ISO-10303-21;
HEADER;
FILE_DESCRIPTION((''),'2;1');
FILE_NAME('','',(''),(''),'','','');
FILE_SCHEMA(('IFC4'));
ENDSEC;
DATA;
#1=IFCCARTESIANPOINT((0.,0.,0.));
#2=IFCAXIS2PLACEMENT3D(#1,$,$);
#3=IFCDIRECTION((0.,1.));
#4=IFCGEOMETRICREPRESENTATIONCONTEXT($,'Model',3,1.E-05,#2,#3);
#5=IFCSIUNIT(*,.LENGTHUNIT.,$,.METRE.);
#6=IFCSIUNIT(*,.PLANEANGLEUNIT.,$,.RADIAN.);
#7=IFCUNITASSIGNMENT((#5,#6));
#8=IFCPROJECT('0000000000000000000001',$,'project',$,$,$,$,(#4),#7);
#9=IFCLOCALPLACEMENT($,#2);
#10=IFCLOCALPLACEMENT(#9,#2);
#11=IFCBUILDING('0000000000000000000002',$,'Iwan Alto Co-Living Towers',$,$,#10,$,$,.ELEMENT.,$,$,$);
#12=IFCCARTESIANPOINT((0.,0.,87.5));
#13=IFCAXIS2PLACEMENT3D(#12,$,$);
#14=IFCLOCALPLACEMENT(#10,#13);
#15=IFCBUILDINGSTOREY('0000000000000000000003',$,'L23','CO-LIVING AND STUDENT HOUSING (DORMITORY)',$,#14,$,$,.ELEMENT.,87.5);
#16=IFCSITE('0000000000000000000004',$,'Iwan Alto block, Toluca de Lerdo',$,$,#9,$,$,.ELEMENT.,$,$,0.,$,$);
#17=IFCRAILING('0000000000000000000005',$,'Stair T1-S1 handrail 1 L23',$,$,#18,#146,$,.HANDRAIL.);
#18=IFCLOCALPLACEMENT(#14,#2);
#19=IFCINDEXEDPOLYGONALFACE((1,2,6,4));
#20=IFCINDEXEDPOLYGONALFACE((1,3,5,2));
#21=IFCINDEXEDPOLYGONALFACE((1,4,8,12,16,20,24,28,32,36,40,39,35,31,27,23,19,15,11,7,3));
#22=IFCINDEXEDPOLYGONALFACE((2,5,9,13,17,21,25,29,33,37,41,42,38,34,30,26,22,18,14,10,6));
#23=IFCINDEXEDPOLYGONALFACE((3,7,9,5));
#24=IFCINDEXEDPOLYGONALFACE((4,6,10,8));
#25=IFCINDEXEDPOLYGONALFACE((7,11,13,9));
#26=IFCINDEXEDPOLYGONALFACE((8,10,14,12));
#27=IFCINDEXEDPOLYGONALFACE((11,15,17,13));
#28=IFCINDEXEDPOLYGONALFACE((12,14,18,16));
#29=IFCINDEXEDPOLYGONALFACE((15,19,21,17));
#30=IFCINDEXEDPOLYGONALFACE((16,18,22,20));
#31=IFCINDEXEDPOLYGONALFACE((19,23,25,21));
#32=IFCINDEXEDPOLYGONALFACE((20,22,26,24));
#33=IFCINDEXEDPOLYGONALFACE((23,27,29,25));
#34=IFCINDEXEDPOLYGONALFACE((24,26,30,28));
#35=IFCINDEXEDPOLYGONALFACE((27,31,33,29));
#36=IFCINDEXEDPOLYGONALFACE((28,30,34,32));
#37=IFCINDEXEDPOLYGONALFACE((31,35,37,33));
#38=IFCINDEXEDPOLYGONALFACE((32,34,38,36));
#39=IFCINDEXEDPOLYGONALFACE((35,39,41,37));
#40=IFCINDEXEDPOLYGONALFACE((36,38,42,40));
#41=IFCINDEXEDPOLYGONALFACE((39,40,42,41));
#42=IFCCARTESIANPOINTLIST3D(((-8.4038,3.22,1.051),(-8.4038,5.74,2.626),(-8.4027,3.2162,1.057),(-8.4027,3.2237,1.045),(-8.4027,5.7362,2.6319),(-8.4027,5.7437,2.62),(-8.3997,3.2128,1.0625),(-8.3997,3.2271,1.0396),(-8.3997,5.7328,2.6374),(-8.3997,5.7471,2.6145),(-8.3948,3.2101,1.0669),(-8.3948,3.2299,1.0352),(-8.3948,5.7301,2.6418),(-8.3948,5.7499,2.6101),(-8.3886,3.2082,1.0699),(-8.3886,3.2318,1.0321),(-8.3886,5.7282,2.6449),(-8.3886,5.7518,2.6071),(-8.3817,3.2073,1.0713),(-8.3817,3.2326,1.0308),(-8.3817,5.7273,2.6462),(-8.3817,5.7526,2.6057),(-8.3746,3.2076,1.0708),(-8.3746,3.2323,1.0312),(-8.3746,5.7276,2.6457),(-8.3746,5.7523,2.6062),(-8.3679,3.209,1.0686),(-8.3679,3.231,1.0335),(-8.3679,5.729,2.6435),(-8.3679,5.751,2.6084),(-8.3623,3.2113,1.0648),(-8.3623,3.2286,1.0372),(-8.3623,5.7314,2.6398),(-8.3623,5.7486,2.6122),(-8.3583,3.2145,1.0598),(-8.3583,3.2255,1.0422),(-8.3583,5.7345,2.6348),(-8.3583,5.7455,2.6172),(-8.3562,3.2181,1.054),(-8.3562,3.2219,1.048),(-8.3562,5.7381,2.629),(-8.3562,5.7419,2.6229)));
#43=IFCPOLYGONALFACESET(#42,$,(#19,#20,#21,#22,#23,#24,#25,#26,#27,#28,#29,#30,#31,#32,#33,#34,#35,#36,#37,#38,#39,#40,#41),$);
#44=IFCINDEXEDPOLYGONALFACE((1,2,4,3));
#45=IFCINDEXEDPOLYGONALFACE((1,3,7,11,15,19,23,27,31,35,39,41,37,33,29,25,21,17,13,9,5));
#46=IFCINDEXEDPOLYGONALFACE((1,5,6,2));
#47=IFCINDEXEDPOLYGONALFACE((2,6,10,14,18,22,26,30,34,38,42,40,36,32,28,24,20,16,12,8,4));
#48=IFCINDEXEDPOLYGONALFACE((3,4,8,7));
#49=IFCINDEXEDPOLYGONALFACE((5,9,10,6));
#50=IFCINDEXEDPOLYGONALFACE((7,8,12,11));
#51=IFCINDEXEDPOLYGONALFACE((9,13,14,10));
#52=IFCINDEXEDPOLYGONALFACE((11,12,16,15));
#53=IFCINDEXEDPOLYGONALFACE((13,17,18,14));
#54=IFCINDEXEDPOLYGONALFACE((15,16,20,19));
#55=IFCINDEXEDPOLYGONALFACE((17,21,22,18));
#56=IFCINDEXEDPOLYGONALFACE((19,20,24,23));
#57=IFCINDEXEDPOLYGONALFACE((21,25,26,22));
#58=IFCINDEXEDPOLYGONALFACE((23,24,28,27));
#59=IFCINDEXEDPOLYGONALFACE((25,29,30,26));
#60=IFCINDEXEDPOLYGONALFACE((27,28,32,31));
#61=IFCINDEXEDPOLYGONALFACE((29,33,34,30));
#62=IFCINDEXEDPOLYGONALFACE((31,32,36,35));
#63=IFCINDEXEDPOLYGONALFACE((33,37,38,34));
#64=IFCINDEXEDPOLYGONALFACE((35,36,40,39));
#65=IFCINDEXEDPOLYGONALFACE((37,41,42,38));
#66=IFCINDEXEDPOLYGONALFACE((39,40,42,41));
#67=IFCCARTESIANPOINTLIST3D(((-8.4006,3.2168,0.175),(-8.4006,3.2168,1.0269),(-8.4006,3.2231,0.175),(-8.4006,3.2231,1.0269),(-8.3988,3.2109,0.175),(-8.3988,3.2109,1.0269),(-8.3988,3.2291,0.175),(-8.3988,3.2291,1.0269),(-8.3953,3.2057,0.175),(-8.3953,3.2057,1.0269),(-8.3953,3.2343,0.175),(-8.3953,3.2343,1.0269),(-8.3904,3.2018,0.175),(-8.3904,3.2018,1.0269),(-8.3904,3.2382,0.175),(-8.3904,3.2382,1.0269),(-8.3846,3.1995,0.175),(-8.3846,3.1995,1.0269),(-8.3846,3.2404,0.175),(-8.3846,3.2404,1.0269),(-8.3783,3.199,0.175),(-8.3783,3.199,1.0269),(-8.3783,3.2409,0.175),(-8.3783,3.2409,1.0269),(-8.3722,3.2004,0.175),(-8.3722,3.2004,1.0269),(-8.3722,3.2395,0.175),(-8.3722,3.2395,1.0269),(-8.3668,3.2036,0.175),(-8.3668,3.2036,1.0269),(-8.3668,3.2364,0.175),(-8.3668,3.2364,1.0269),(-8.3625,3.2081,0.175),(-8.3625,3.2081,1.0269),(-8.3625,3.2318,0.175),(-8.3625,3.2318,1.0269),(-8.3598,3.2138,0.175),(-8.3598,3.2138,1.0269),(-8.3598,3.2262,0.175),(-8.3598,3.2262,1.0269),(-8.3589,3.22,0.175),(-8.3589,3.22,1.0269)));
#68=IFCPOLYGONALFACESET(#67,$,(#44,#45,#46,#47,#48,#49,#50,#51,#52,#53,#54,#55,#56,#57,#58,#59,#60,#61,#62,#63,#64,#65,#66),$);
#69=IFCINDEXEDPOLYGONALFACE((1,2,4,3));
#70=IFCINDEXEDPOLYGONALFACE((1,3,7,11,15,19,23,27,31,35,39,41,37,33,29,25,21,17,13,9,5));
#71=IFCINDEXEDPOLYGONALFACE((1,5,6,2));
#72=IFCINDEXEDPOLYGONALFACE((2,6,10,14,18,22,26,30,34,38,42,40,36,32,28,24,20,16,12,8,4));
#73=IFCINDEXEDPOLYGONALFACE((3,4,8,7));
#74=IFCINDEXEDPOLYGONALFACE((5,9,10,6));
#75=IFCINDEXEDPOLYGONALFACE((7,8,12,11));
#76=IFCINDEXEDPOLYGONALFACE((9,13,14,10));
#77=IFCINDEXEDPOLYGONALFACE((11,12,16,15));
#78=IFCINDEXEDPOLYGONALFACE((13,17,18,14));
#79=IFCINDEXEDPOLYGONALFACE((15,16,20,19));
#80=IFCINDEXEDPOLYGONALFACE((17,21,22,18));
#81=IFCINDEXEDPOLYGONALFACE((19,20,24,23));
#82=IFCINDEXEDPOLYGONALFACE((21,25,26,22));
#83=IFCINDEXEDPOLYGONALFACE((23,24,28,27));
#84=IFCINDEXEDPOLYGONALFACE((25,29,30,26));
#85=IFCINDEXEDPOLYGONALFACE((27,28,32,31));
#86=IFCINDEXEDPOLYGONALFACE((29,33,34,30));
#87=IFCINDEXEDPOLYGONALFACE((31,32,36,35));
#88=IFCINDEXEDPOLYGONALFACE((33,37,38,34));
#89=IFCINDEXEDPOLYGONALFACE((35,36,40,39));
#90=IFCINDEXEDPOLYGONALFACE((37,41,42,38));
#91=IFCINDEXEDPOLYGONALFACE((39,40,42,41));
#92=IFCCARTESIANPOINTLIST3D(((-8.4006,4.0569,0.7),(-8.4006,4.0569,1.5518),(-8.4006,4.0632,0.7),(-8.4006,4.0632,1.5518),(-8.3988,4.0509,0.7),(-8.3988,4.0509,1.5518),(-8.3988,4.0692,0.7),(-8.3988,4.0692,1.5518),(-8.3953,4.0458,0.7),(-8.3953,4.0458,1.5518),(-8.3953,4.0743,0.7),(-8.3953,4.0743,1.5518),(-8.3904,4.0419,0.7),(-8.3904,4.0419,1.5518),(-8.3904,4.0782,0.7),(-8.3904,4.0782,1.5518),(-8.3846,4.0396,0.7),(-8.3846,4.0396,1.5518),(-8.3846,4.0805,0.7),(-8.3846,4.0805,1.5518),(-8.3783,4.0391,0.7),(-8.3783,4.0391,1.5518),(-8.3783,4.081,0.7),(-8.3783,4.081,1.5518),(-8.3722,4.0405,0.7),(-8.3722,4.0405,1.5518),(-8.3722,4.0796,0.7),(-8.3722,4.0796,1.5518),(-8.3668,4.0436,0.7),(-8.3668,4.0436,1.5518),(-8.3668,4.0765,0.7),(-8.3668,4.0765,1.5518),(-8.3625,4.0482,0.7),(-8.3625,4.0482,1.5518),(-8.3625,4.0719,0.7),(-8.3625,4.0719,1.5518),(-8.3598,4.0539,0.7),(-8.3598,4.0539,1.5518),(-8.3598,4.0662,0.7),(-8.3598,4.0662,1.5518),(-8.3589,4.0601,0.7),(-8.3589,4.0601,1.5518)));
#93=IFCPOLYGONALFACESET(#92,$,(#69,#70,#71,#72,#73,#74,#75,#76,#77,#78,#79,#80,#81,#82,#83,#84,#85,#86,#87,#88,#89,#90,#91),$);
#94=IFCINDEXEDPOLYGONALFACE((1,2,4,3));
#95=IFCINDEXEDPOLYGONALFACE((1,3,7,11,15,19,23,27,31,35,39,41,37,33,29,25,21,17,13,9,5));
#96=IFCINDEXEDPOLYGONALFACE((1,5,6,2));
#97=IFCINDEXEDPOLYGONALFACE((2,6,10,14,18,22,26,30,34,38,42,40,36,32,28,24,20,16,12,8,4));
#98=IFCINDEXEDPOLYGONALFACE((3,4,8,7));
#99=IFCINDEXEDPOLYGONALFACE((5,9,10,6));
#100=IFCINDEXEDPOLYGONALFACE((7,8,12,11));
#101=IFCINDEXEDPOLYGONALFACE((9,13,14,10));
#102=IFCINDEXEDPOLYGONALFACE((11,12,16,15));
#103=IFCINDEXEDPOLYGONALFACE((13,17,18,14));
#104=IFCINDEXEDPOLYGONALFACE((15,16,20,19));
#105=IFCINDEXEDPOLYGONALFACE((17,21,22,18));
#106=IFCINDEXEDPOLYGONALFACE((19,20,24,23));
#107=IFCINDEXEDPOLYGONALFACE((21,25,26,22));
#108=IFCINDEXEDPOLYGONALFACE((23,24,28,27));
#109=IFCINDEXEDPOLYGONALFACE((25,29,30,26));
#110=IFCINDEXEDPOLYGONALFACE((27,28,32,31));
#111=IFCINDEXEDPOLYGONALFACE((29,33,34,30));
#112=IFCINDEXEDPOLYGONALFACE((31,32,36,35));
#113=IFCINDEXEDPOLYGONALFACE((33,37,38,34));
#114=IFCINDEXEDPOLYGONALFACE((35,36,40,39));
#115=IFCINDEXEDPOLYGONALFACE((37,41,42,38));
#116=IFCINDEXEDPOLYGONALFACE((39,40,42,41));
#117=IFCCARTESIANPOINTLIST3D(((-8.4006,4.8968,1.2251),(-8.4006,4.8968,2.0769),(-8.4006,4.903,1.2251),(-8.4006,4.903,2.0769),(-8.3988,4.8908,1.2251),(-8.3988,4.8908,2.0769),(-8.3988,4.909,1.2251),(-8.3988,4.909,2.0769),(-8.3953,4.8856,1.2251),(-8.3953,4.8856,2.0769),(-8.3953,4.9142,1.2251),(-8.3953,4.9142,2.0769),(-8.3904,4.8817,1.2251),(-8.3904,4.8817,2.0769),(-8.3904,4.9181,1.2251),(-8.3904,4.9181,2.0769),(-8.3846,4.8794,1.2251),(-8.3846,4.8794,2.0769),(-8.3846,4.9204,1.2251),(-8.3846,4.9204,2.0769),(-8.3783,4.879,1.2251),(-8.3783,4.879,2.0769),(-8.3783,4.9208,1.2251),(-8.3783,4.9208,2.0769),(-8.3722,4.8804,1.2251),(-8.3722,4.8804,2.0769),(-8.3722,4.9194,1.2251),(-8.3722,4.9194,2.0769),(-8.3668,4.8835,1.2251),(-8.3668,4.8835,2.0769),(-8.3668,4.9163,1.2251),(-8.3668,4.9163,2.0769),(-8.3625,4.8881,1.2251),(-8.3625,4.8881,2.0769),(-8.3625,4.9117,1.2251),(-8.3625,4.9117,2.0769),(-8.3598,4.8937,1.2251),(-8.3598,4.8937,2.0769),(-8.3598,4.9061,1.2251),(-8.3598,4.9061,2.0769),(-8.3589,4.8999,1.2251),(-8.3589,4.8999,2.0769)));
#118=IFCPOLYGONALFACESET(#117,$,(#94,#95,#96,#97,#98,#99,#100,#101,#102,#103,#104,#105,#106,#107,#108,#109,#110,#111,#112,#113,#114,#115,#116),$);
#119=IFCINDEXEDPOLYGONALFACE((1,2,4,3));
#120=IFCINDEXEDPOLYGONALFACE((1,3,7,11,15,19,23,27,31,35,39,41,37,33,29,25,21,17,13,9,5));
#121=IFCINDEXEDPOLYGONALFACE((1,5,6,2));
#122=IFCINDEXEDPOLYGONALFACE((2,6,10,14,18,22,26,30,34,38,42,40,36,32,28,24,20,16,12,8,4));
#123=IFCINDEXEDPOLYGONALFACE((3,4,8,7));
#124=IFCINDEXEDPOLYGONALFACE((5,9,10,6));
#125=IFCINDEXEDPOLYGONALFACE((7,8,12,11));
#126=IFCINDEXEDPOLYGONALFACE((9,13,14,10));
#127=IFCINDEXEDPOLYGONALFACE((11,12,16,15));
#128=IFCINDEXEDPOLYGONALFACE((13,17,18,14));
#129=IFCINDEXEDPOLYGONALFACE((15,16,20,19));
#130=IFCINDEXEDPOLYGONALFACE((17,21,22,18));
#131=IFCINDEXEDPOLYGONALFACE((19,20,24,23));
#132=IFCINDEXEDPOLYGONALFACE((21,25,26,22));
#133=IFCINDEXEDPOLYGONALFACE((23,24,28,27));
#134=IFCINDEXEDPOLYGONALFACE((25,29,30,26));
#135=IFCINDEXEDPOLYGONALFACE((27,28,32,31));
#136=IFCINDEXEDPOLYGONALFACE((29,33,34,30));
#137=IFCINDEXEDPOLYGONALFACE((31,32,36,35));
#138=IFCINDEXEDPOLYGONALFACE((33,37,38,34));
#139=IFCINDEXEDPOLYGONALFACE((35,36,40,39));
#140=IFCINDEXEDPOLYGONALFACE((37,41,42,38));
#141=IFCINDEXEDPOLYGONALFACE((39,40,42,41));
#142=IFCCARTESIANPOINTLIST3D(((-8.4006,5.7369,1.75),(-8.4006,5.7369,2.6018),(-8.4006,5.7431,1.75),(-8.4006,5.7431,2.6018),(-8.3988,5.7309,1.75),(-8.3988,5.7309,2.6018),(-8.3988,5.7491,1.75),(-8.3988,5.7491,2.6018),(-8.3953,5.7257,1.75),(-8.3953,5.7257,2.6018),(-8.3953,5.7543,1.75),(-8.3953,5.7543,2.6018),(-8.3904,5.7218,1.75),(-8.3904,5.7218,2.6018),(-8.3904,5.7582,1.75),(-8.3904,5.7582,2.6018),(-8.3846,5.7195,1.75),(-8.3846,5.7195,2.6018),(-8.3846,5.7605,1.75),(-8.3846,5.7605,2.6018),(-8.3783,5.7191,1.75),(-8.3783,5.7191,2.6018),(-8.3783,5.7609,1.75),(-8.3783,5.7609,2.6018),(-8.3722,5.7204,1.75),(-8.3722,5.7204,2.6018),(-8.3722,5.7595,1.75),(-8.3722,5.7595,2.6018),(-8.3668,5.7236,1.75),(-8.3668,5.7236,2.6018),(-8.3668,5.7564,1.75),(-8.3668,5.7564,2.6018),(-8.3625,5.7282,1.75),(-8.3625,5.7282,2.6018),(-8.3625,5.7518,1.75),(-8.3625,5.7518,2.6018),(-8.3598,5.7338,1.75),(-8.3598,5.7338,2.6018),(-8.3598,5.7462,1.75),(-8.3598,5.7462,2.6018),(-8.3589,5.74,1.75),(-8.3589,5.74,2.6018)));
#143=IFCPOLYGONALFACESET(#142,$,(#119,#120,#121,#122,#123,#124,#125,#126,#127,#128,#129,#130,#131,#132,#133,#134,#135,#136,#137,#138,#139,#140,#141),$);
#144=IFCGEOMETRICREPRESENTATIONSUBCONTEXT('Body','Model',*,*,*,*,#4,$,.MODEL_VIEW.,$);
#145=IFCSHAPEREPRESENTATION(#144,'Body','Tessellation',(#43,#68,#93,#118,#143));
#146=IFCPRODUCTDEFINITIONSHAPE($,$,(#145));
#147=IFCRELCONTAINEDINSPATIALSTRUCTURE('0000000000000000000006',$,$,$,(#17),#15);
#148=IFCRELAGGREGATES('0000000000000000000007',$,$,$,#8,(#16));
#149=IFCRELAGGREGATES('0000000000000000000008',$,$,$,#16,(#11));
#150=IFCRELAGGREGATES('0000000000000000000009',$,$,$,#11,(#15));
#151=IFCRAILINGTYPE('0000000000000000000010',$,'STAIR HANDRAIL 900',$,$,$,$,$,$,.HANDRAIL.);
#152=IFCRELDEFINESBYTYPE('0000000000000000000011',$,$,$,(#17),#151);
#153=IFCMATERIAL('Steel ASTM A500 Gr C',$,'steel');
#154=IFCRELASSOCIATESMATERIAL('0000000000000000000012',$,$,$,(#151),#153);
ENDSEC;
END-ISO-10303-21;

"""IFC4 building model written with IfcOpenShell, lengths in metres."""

from ifc_helpers import new_model, si_unit, direction, frame, origin, origin_2d, place, context, subcontext, project, spatial, circle, extrude, material, type_object, element, save


model = new_model("IFC4")

# Units and contexts
model_context = context("Model", 3, precision=1e-05, world=origin(), true_north=direction((0.0, 1.0)))
body_context = subcontext(model_context, "Body", "Model", "MODEL_VIEW")
ifc_project = project(units=[si_unit("LENGTHUNIT", "METRE"), si_unit("PLANEANGLEUNIT", "RADIAN")], contexts=[model_context])

# Site, building, storey
site_placement = place(None, origin())
site = spatial("IfcSite", under=ifc_project, at=site_placement, Name="Iwan Alto block, Toluca de Lerdo", CompositionType="ELEMENT", RefElevation=0.0)
building_placement = place(site_placement, origin())
building = spatial("IfcBuilding", under=site, at=building_placement, Name="Iwan Alto Co-Living Towers", CompositionType="ELEMENT")
storey_placement = place(building_placement, frame((0.0, 0.0, 87.5)))
storey = spatial("IfcBuildingStorey", under=building, at=storey_placement, Name="L23", Description="CO-LIVING AND STUDENT HOUSING (DORMITORY)", CompositionType="ELEMENT", Elevation=87.5)

# Railing
ifc_material_1 = material(Name="Steel ASTM A500 Gr C", Category="steel")
railing_type_1 = type_object("IfcRailingType", Name="STAIR HANDRAIL 900", PredefinedType="HANDRAIL", material=ifc_material_1)
railing_1_placement = place(storey_placement, frame((-8.3799, 3.22, 0.175)))
element("IfcRailing", 1, at=railing_1_placement, inside=storey, type_object=railing_type_1, Name="Stair T1-S1 handrail 1 L23", PredefinedType="HANDRAIL", context=body_context, shape_type="SweptSolid", body=[
    extrude(circle(Radius=0.0239, at=origin_2d()), frame((0.0, 0.0, 0.876), z_axis=(0.0, 0.848008, 0.529984), x_axis=(-1.0, 0.0, 0.0)), (0.0, 0.0, 1.0), 2.9717),
    extrude(circle(Radius=0.021, at=origin_2d()), origin(), (0.0, 0.0, 1.0), 0.8518),
    extrude(circle(Radius=0.021, at=origin_2d()), frame((0.0, 0.8401, 0.5249)), (0.0, 0.0, 1.0), 0.8518),
    extrude(circle(Radius=0.021, at=origin_2d()), frame((0.0, 1.6799, 1.05)), (0.0, 0.0, 1.0), 0.8518),
    extrude(circle(Radius=0.021, at=origin_2d()), frame((0.0, 2.52, 1.575)), (0.0, 0.0, 1.0), 0.8518),
])

save(model, "model.ifc")
